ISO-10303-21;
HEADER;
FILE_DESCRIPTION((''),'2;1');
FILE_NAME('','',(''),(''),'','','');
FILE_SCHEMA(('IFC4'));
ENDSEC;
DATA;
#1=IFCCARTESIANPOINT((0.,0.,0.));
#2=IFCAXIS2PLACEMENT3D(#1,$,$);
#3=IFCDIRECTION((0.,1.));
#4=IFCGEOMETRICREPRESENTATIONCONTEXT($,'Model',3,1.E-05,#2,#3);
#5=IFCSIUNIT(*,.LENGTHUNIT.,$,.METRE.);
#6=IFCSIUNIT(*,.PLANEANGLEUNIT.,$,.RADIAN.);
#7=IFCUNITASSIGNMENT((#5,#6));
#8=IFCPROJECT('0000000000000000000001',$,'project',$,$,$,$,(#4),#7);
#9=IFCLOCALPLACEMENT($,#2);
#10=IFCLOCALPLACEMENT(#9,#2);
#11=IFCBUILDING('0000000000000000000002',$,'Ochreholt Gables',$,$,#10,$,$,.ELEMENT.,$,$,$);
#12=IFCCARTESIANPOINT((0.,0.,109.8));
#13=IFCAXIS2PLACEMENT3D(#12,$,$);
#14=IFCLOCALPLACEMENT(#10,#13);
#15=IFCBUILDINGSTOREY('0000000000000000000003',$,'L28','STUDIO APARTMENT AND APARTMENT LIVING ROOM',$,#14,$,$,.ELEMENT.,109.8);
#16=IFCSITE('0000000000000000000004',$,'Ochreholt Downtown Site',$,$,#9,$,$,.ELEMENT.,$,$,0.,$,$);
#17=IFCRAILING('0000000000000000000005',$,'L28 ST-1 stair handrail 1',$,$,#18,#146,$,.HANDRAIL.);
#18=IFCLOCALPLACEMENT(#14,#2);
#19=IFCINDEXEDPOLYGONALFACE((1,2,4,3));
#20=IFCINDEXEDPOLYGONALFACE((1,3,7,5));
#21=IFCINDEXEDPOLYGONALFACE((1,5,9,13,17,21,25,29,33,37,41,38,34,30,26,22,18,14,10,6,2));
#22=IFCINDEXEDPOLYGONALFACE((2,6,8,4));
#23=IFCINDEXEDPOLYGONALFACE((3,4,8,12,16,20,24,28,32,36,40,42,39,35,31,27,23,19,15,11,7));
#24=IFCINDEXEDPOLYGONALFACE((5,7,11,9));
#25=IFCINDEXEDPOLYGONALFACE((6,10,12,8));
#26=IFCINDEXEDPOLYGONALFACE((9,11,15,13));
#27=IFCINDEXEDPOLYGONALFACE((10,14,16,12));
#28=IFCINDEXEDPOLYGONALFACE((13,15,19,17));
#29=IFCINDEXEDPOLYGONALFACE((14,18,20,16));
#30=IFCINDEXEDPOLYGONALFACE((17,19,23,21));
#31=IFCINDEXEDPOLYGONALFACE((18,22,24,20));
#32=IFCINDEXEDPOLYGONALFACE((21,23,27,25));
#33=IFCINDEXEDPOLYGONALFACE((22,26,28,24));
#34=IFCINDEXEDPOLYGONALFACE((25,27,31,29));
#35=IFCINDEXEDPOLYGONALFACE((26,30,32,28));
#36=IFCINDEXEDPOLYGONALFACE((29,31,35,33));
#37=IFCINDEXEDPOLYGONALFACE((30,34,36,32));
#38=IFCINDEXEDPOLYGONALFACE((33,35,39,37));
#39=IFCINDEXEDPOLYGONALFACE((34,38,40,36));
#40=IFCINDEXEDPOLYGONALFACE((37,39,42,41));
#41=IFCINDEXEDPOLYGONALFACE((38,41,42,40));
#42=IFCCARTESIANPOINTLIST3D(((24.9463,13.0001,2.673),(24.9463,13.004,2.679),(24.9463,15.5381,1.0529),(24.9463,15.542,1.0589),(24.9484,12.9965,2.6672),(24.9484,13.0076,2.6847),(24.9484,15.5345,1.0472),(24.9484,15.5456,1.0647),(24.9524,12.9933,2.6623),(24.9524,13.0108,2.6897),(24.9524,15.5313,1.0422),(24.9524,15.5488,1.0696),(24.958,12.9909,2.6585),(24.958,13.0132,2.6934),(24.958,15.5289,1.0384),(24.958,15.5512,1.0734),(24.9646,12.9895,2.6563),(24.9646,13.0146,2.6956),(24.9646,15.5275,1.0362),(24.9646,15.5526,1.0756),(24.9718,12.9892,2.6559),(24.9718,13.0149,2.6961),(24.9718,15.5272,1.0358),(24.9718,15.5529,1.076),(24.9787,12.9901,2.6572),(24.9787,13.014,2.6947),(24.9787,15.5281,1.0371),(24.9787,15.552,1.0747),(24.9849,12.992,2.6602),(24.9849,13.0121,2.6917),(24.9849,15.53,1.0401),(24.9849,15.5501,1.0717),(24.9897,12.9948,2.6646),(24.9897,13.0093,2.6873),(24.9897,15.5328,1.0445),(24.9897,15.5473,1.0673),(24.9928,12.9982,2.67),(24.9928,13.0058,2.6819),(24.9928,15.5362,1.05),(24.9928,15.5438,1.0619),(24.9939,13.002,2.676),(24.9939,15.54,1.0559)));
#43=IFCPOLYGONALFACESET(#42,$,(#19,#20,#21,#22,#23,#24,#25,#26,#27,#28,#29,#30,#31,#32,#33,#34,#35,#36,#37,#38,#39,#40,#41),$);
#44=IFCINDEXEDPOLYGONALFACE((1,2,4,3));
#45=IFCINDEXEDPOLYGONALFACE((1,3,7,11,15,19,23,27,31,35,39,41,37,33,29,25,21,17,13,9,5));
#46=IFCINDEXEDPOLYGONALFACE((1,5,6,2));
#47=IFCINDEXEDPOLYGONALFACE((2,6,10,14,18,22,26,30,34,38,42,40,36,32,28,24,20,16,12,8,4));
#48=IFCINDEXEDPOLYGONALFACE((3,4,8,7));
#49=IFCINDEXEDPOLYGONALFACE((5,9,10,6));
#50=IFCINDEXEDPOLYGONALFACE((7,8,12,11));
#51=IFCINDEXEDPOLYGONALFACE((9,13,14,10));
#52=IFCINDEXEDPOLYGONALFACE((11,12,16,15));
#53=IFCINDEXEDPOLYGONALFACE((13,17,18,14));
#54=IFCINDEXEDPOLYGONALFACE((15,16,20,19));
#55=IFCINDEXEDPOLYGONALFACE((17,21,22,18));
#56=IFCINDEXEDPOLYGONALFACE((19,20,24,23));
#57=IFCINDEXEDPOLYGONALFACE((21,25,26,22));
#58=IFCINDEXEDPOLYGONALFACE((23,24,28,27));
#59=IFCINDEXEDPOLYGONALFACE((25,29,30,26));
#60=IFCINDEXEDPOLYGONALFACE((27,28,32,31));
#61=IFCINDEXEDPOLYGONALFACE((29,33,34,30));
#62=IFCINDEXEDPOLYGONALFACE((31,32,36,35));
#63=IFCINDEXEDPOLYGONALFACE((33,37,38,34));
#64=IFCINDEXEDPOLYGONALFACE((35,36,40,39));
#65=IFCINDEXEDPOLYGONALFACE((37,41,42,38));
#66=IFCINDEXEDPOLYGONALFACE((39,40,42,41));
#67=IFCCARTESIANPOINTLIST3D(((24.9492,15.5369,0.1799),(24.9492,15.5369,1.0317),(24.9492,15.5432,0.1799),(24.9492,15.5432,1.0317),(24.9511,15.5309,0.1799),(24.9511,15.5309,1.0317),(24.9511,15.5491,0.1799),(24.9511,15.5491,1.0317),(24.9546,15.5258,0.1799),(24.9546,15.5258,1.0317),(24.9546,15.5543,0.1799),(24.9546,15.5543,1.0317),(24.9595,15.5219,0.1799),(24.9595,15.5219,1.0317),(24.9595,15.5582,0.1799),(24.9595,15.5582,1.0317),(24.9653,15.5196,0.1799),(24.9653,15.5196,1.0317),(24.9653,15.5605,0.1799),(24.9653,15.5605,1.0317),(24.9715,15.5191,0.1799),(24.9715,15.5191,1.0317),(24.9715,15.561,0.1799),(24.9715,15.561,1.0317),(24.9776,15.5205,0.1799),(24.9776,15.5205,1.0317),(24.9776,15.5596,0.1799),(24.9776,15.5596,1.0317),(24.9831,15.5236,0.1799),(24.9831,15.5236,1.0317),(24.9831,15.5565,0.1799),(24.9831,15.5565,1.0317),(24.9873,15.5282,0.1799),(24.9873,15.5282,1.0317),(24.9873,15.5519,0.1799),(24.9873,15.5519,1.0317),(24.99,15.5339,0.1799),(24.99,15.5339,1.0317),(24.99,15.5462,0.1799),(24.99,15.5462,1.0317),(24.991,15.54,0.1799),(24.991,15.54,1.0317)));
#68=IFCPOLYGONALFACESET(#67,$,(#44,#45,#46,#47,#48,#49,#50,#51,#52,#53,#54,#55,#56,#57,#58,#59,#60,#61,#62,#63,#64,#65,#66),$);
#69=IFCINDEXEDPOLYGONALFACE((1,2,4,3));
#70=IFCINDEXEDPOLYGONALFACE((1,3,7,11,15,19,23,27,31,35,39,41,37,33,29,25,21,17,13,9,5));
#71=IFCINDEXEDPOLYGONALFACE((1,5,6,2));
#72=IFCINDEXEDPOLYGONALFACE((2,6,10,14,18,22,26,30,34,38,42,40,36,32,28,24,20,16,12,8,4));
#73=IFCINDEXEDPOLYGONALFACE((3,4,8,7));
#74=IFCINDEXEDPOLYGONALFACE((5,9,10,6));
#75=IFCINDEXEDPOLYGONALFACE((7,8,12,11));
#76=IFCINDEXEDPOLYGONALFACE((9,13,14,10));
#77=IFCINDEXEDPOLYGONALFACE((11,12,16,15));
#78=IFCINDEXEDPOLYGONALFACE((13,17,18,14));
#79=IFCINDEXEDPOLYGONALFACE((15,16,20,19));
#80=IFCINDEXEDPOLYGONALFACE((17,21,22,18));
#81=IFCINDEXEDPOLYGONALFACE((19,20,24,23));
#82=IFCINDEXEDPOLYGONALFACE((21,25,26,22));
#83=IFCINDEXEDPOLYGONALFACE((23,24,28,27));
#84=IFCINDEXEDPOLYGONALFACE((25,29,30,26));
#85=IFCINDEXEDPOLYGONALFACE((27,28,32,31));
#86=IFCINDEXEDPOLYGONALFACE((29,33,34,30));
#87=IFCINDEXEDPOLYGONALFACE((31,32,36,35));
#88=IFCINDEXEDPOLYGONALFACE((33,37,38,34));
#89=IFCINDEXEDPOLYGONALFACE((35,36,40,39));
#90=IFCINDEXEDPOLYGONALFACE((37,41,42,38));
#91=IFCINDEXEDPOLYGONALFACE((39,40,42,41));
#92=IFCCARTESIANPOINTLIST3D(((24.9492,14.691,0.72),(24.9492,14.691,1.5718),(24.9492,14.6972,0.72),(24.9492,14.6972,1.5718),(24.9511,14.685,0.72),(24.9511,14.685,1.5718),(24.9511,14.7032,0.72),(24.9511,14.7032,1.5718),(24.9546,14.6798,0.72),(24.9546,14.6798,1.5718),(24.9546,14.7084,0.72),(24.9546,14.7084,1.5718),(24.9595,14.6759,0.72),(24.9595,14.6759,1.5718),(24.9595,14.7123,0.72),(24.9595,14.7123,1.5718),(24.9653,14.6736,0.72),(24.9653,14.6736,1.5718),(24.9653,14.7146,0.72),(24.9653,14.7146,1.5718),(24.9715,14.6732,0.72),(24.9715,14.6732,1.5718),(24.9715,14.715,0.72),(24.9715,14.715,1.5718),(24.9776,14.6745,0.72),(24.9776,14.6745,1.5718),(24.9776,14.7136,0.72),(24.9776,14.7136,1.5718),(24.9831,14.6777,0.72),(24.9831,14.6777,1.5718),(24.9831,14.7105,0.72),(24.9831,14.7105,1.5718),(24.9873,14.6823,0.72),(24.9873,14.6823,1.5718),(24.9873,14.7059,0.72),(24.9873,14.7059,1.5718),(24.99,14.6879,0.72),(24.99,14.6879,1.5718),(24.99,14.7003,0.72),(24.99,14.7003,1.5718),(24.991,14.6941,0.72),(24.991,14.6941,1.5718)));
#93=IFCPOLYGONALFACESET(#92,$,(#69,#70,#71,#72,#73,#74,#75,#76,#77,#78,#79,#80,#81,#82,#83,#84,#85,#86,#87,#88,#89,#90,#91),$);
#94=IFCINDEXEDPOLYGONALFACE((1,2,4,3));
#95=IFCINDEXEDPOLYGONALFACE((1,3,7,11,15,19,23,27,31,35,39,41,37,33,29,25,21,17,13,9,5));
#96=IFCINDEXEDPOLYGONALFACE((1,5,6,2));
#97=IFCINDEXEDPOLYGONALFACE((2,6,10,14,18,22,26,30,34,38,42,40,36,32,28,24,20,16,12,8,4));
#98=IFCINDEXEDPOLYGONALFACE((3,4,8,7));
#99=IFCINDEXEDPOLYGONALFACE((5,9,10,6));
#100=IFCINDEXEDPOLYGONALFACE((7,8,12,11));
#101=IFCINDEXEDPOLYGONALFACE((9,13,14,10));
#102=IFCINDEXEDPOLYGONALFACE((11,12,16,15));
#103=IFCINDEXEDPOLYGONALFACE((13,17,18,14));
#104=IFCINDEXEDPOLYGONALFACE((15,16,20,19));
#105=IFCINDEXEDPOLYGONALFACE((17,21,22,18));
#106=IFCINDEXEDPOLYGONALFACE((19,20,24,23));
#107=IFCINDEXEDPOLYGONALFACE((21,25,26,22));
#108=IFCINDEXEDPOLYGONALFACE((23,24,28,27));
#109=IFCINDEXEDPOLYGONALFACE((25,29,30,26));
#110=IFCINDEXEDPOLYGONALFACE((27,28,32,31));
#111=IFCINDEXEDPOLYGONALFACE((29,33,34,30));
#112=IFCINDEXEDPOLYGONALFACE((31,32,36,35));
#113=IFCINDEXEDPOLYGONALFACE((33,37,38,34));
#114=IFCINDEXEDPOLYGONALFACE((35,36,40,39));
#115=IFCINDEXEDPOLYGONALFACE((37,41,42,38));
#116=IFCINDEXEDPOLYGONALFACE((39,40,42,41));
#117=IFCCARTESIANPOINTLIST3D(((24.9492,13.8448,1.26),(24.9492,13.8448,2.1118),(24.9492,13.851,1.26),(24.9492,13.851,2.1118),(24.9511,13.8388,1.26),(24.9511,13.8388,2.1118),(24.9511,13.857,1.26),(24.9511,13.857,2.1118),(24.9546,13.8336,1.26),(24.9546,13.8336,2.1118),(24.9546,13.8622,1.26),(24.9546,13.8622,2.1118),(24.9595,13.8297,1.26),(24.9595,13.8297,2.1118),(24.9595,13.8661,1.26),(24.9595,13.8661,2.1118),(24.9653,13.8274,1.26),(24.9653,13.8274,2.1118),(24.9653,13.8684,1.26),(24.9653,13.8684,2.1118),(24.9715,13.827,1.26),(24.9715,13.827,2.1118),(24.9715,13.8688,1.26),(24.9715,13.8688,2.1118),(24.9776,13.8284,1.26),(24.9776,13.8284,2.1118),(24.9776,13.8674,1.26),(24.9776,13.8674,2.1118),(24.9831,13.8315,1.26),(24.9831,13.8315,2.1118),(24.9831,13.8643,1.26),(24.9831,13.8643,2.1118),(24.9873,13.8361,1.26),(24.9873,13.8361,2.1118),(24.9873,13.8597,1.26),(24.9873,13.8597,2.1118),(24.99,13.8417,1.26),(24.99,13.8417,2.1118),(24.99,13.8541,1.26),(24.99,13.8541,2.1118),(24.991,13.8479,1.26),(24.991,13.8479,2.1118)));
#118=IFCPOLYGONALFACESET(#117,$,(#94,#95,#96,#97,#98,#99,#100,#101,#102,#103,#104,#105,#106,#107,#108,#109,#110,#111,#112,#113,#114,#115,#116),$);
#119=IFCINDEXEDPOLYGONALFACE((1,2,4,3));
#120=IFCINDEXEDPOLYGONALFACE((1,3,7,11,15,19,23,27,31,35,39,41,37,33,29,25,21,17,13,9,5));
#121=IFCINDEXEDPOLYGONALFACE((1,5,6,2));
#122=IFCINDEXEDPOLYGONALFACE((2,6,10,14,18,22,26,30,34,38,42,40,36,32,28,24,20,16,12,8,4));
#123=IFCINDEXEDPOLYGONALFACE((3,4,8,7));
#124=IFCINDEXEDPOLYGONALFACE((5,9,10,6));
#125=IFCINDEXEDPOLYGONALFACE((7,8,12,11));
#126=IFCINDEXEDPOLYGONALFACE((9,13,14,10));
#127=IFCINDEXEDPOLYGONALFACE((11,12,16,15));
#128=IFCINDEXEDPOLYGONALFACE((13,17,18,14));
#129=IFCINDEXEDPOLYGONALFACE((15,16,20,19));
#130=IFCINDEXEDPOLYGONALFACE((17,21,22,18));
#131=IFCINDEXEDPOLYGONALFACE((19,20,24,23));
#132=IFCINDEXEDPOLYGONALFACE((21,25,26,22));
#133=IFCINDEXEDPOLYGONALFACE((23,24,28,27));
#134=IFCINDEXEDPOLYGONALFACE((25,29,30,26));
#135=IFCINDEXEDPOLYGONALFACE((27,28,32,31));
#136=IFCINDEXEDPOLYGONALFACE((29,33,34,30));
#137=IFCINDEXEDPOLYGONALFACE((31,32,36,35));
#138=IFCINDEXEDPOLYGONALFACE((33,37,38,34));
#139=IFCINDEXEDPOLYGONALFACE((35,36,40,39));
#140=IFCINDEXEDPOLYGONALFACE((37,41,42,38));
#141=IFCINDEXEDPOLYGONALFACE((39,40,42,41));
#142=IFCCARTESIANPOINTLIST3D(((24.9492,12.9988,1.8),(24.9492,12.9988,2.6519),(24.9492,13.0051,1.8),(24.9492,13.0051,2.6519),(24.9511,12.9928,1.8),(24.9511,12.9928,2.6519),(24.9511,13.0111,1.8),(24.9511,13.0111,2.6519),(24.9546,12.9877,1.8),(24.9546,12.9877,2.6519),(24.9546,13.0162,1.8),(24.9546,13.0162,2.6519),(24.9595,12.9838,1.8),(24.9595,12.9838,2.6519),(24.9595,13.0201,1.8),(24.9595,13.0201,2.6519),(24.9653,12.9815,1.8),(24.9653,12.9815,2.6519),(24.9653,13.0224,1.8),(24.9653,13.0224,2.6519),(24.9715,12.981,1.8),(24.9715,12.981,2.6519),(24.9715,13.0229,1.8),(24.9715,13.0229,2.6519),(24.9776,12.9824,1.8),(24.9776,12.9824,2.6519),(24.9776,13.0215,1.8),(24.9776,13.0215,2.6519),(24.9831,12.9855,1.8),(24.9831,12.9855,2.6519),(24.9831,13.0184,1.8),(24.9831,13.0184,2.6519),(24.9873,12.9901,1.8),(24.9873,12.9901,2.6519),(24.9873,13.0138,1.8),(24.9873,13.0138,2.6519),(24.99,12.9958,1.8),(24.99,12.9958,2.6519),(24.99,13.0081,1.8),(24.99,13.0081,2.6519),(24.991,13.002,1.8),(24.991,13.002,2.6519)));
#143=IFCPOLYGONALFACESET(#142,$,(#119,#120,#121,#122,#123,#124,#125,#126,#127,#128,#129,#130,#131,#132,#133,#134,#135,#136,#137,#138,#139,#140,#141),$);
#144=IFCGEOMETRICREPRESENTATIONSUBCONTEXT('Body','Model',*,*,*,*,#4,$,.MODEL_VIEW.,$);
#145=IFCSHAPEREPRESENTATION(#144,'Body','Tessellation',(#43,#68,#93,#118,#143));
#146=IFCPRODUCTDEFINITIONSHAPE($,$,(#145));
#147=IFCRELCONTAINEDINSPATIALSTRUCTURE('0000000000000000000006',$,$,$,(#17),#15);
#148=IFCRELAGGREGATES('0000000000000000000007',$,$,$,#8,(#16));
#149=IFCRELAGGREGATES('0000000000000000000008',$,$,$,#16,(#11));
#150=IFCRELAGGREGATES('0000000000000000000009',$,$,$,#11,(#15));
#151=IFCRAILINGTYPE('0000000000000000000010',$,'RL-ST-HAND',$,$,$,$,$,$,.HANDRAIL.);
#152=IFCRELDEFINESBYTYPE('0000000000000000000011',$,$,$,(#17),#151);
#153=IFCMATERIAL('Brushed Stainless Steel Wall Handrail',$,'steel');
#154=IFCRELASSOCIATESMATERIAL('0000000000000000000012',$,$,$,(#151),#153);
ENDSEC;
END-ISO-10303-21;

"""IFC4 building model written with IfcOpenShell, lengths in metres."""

from ifc_helpers import new_model, si_unit, direction, frame, origin, origin_2d, place, context, subcontext, project, spatial, circle, extrude, material, type_object, element, save


model = new_model("IFC4")

# Units and contexts
model_context = context("Model", 3, precision=1e-05, world=origin(), true_north=direction((0.0, 1.0)))
body_context = subcontext(model_context, "Body", "Model", "MODEL_VIEW")
ifc_project = project(units=[si_unit("LENGTHUNIT", "METRE"), si_unit("PLANEANGLEUNIT", "RADIAN")], contexts=[model_context])

# Site, building, storey
site_placement = place(None, origin())
site = spatial("IfcSite", under=ifc_project, at=site_placement, Name="Ochreholt Downtown Site", CompositionType="ELEMENT", RefElevation=0.0)
building_placement = place(site_placement, origin())
building = spatial("IfcBuilding", under=site, at=building_placement, Name="Ochreholt Gables", CompositionType="ELEMENT")
storey_placement = place(building_placement, frame((0.0, 0.0, 109.8)))
storey = spatial("IfcBuildingStorey", under=building, at=storey_placement, Name="L28", Description="STUDIO APARTMENT AND APARTMENT LIVING ROOM", CompositionType="ELEMENT", Elevation=109.8)

# Railing
ifc_material_1 = material(Name="Brushed Stainless Steel Wall Handrail", Category="steel")
railing_type_1 = type_object("IfcRailingType", Name="RL-ST-HAND", PredefinedType="HANDRAIL", material=ifc_material_1)
railing_1_placement = place(storey_placement, frame((24.97, 15.54, 0.1799)))
element("IfcRailing", 1, at=railing_1_placement, inside=storey, type_object=railing_type_1, Name="L28 ST-1 stair handrail 1", PredefinedType="HANDRAIL", context=body_context, shape_type="SweptSolid", body=[
    extrude(circle(Radius=0.0239, at=origin_2d()), frame((0.0, 0.0, 0.876), z_axis=(0.0, -0.842913, 0.53805), x_axis=(1.0, 0.0, 0.0)), (0.0, 0.0, 1.0), 3.011),
    extrude(circle(Radius=0.021, at=origin_2d()), origin(), (0.0, 0.0, 1.0), 0.8518),
    extrude(circle(Radius=0.021, at=origin_2d()), frame((0.0, -0.8459, 0.54)), (0.0, 0.0, 1.0), 0.8518),
    extrude(circle(Radius=0.021, at=origin_2d()), frame((0.0, -1.6921, 1.0801)), (0.0, 0.0, 1.0), 0.8518),
    extrude(circle(Radius=0.021, at=origin_2d()), frame((0.0, -2.5381, 1.6201)), (0.0, 0.0, 1.0), 0.8518),
])

save(model, "model.ifc")
